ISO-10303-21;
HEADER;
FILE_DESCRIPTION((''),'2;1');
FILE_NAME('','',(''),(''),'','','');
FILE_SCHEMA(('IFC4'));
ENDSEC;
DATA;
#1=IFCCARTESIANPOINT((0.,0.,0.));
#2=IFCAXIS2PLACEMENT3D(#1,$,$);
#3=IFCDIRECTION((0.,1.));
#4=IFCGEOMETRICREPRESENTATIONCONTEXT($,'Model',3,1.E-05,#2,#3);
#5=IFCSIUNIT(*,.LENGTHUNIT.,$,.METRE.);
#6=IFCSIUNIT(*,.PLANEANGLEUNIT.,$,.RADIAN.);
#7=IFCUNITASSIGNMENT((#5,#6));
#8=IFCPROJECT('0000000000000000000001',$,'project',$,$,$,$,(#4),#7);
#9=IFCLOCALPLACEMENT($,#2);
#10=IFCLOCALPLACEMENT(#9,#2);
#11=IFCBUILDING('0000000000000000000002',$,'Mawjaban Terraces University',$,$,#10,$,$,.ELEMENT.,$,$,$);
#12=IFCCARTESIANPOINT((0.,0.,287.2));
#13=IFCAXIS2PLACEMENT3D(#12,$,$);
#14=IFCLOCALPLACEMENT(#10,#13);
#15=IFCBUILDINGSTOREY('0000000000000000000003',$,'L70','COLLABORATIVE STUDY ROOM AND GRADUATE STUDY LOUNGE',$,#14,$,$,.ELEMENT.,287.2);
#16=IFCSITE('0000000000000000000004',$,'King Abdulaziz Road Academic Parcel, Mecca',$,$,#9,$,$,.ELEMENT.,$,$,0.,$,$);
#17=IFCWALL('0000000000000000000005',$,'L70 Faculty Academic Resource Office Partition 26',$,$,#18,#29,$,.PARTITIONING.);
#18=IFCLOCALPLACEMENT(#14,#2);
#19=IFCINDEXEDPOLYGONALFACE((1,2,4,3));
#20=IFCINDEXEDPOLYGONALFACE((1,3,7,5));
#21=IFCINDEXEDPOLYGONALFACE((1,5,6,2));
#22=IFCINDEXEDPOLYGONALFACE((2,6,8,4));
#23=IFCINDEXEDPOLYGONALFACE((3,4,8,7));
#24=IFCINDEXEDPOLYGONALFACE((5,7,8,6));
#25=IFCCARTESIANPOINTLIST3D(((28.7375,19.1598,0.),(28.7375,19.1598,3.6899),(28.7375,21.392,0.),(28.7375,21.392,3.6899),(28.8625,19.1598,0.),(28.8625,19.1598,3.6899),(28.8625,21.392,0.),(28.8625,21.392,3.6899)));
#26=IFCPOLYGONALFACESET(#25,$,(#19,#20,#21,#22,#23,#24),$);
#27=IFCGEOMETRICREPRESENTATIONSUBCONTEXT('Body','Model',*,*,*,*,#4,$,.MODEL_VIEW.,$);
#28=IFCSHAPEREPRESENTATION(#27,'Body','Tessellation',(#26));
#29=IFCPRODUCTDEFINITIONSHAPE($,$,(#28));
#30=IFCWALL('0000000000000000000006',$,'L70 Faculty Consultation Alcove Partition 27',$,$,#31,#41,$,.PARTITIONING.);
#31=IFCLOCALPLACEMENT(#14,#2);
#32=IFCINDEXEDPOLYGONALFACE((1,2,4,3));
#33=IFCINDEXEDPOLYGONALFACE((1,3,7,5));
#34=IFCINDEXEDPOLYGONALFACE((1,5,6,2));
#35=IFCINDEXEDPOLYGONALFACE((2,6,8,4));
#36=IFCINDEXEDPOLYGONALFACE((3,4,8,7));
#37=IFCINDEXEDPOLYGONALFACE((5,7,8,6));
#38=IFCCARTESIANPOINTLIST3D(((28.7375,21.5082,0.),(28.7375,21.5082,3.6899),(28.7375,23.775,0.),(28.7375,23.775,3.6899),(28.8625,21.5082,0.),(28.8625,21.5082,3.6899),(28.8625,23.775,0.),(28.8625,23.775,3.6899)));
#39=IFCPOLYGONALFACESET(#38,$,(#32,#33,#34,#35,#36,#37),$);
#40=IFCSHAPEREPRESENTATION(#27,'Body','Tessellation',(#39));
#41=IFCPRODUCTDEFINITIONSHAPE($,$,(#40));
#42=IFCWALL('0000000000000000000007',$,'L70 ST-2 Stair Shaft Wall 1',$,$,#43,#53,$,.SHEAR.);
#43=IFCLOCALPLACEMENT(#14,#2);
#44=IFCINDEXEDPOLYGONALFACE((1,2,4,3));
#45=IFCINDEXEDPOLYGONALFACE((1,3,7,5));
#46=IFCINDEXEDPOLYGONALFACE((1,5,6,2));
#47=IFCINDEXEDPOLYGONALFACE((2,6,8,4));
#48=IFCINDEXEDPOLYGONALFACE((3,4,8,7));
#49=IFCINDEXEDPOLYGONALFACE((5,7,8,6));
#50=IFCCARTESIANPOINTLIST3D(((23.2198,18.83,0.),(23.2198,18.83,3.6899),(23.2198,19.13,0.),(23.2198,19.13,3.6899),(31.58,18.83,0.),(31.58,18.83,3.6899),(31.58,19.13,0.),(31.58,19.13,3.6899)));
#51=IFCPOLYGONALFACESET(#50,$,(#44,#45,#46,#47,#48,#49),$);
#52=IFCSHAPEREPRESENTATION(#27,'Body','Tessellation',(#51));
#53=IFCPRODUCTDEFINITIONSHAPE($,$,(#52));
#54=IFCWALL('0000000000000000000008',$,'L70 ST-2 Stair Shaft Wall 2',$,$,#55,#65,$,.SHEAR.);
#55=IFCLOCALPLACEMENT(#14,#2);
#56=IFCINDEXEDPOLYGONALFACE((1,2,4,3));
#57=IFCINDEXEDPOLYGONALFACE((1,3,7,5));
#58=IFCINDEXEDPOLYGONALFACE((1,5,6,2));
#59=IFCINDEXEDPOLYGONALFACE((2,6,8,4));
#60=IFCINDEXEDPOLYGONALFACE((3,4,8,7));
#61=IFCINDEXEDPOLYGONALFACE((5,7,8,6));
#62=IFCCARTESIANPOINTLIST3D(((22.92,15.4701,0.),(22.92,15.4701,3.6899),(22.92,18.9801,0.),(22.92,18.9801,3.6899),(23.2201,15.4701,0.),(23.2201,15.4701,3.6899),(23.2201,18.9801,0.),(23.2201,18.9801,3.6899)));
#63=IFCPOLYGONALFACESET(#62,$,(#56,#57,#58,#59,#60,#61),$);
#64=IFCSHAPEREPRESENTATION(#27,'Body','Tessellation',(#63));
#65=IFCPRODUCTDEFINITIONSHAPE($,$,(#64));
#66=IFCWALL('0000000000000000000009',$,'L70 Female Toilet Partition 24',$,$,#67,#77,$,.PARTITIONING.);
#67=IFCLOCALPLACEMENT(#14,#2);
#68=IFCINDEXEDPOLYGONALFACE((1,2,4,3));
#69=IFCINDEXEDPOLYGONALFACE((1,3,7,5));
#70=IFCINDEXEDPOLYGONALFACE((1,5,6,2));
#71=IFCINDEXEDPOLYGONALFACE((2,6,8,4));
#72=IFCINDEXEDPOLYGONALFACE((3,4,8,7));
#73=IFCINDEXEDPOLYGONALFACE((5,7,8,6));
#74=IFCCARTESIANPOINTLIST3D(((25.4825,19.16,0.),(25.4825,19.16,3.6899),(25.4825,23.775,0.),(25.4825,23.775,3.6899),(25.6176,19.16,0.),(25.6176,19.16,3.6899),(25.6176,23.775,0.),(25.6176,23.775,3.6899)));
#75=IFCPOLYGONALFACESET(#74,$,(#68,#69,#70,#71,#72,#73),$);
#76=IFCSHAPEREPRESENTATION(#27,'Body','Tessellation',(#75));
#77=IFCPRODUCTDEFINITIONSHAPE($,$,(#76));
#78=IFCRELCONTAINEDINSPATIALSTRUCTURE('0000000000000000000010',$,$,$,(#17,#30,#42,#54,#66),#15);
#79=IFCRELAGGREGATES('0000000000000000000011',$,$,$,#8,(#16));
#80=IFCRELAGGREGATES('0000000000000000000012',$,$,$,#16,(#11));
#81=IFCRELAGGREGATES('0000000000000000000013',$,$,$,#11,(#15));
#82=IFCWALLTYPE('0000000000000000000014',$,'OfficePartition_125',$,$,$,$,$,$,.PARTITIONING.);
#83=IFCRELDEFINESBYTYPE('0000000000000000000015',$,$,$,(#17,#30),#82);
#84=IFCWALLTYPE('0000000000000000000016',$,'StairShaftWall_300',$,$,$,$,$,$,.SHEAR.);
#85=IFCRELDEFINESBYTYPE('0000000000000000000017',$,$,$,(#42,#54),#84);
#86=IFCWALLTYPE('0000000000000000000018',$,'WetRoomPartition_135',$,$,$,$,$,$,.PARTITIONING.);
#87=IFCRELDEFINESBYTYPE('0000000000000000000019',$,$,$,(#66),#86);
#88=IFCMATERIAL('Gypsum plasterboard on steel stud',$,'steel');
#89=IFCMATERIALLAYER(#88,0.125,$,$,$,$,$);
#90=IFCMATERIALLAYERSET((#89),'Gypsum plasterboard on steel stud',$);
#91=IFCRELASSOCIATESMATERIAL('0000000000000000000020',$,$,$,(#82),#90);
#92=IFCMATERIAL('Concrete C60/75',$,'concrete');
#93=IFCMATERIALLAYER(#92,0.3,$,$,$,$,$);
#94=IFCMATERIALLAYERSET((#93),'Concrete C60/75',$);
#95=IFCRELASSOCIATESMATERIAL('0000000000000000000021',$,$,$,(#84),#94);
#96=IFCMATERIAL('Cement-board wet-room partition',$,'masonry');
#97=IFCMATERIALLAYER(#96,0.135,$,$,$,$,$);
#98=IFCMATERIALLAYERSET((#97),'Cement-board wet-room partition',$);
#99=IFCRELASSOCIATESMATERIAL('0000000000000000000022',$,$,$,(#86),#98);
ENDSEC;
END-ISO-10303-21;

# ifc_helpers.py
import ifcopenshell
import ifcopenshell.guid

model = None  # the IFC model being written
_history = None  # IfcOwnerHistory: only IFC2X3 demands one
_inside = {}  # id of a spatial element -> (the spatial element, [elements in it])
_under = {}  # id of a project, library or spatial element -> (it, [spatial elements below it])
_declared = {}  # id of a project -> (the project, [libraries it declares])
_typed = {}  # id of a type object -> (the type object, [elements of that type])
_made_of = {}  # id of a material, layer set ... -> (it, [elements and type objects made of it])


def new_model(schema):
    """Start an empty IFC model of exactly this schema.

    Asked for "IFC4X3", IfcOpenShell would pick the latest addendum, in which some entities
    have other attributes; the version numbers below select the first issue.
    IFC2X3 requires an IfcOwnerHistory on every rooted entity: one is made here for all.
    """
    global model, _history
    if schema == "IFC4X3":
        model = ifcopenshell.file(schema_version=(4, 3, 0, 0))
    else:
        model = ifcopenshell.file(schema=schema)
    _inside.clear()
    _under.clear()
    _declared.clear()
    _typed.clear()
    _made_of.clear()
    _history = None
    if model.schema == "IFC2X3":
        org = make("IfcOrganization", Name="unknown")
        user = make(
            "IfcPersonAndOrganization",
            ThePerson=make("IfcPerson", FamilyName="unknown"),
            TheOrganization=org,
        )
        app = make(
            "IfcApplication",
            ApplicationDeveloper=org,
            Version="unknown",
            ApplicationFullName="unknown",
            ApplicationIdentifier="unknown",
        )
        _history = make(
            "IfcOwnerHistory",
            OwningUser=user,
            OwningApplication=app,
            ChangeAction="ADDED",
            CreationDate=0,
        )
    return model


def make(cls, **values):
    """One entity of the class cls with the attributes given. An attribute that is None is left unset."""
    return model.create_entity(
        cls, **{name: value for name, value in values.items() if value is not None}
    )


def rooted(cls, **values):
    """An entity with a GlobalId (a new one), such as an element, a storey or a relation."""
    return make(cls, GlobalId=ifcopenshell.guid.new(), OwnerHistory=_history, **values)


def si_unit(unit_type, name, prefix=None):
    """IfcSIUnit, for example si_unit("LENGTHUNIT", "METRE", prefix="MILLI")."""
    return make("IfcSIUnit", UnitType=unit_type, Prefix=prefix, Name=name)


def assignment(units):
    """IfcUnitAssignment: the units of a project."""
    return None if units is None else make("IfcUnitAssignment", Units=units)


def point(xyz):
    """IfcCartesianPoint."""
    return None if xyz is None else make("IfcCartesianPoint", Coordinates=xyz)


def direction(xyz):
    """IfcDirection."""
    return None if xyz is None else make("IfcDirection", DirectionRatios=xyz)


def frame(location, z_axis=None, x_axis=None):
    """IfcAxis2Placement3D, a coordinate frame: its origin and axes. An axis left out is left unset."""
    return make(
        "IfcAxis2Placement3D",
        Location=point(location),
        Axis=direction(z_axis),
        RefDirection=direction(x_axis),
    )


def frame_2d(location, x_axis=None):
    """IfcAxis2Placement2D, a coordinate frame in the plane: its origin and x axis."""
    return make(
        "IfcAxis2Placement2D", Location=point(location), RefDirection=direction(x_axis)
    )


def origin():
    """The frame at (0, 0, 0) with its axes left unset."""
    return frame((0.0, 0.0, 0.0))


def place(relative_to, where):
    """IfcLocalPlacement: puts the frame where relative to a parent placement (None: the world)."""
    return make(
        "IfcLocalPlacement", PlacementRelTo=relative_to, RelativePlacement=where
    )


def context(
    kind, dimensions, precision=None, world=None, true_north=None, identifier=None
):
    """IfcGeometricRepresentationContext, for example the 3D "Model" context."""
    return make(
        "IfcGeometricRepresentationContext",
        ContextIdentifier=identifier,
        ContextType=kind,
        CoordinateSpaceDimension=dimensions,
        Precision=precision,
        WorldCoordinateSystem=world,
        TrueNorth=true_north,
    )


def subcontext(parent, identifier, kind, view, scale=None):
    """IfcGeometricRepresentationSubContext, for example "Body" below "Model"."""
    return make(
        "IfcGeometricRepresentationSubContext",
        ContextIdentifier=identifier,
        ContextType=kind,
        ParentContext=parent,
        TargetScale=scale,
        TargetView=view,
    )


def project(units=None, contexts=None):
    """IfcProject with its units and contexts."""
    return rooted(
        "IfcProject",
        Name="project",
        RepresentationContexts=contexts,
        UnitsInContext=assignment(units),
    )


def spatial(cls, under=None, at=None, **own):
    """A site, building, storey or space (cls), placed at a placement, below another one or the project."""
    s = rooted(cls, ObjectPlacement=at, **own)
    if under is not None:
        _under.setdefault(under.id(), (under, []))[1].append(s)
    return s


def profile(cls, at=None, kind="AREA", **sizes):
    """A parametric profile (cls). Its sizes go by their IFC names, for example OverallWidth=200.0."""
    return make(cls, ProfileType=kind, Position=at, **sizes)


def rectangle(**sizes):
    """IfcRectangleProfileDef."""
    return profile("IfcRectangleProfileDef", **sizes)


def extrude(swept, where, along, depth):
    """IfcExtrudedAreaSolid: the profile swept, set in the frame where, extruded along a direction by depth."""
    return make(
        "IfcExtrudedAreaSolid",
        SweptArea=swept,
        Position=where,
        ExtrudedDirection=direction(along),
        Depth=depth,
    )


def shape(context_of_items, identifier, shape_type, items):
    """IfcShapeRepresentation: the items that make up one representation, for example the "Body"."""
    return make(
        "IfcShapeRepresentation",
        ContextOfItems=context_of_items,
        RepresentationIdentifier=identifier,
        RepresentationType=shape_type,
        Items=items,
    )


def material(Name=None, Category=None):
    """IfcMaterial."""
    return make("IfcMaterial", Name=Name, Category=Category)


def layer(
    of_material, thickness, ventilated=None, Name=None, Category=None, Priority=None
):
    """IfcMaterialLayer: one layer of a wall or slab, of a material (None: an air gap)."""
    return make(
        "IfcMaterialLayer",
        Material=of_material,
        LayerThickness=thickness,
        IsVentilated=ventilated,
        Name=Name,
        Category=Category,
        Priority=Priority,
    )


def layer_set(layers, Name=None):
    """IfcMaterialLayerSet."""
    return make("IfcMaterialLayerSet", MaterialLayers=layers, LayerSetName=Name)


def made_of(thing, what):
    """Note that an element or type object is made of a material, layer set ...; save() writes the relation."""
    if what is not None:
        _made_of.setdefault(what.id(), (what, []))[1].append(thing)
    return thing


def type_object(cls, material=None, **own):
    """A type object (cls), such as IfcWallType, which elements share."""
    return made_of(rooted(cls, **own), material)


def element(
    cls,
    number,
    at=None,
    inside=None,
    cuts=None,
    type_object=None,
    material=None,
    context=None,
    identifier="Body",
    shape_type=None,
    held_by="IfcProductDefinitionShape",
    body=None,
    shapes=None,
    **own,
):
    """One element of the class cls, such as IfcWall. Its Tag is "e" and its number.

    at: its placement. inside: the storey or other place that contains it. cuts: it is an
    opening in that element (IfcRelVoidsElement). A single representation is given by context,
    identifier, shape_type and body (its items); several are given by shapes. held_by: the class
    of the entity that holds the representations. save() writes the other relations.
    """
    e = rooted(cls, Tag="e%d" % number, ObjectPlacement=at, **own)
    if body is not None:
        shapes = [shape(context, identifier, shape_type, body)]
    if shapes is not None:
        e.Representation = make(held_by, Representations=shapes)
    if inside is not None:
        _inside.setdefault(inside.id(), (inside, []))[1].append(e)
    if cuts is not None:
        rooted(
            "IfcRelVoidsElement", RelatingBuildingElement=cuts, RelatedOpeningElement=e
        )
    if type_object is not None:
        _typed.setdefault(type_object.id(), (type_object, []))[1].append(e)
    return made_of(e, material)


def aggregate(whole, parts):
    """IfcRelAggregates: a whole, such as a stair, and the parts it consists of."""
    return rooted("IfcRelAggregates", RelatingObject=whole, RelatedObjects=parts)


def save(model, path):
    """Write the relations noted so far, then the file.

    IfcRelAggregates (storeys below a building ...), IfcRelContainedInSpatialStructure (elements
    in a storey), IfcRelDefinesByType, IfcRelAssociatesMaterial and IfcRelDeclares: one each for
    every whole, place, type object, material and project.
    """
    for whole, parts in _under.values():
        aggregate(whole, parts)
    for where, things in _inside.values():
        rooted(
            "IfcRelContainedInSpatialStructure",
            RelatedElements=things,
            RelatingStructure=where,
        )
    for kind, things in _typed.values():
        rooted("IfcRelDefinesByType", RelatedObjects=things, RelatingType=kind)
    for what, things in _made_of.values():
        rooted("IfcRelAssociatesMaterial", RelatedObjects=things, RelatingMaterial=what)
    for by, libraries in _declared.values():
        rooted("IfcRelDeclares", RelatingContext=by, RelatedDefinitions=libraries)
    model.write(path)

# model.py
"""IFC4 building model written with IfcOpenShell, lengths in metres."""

from ifc_helpers import new_model, si_unit, direction, frame, frame_2d, origin, place, context, subcontext, project, spatial, rectangle, extrude, material, layer, layer_set, type_object, element, save


model = new_model("IFC4")

# Units and contexts
model_context = context("Model", 3, precision=1e-05, world=origin(), true_north=direction((0.0, 1.0)))
body_context = subcontext(model_context, "Body", "Model", "MODEL_VIEW")
ifc_project = project(units=[si_unit("LENGTHUNIT", "METRE"), si_unit("PLANEANGLEUNIT", "RADIAN")], contexts=[model_context])

# Site, building, storey
site_placement = place(None, origin())
site = spatial("IfcSite", under=ifc_project, at=site_placement, Name="King Abdulaziz Road Academic Parcel, Mecca", CompositionType="ELEMENT", RefElevation=0.0)
building_placement = place(site_placement, origin())
building = spatial("IfcBuilding", under=site, at=building_placement, Name="Mawjaban Terraces University", CompositionType="ELEMENT")
storey_placement = place(building_placement, frame((0.0, 0.0, 287.2)))
storey = spatial("IfcBuildingStorey", under=building, at=storey_placement, Name="L70", Description="COLLABORATIVE STUDY ROOM AND GRADUATE STUDY LOUNGE", CompositionType="ELEMENT", Elevation=287.2)

# Walls
ifc_material_1 = material(Name="Gypsum plasterboard on steel stud", Category="steel")
ifc_layer_1 = layer(ifc_material_1, 0.125)
ifc_layer_set_1 = layer_set([ifc_layer_1], Name="Gypsum plasterboard on steel stud")
wall_type_1 = type_object("IfcWallType", Name="OfficePartition_125", PredefinedType="PARTITIONING", material=ifc_layer_set_1)
wall_1_placement = place(storey_placement, frame((28.8, 21.3921, 0.0), z_axis=(0.0, 0.0, 1.0), x_axis=(0.0, -1.0, 0.0)))
element("IfcWall", 1, at=wall_1_placement, inside=storey, type_object=wall_type_1, Name="L70 Faculty Academic Resource Office Partition 26", PredefinedType="PARTITIONING", context=body_context, shape_type="SweptSolid", body=[
    extrude(rectangle(XDim=2.2322, YDim=0.125, at=frame_2d((1.1162, 0.0))), origin(), (0.0, 0.0, 1.0), 3.6899),
])
wall_2_placement = place(storey_placement, frame((28.8, 23.7749, 0.0), z_axis=(0.0, 0.0, 1.0), x_axis=(0.0, -1.0, 0.0)))
element("IfcWall", 2, at=wall_2_placement, inside=storey, type_object=wall_type_1, Name="L70 Faculty Consultation Alcove Partition 27", PredefinedType="PARTITIONING", context=body_context, shape_type="SweptSolid", body=[
    extrude(rectangle(XDim=2.2668, YDim=0.125, at=frame_2d((1.1333, 0.0))), origin(), (0.0, 0.0, 1.0), 3.6899),
])
ifc_material_2 = material(Name="Concrete C60/75", Category="concrete")
ifc_layer_2 = layer(ifc_material_2, 0.3)
ifc_layer_set_2 = layer_set([ifc_layer_2], Name="Concrete C60/75")
wall_type_2 = type_object("IfcWallType", Name="StairShaftWall_300", PredefinedType="SHEAR", material=ifc_layer_set_2)
wall_3_placement = place(storey_placement, frame((31.5801, 18.98, 0.0), z_axis=(0.0, 0.0, 1.0), x_axis=(-1.0, 0.0, 0.0)))
element("IfcWall", 3, at=wall_3_placement, inside=storey, type_object=wall_type_2, Name="L70 ST-2 Stair Shaft Wall 1", PredefinedType="SHEAR", context=body_context, shape_type="SweptSolid", body=[
    extrude(rectangle(XDim=8.3601, YDim=0.3, at=frame_2d((4.1802, 0.0))), origin(), (0.0, 0.0, 1.0), 3.6899),
])
wall_4_placement = place(storey_placement, frame((23.0701, 18.98, 0.0), z_axis=(0.0, 0.0, 1.0), x_axis=(0.0, -1.0, 0.0)))
element("IfcWall", 4, at=wall_4_placement, inside=storey, type_object=wall_type_2, Name="L70 ST-2 Stair Shaft Wall 2", PredefinedType="SHEAR", context=body_context, shape_type="SweptSolid", body=[
    extrude(rectangle(XDim=3.51, YDim=0.3, at=frame_2d((1.7549, 0.0))), origin(), (0.0, 0.0, 1.0), 3.6899),
])
ifc_material_3 = material(Name="Cement-board wet-room partition", Category="masonry")
ifc_layer_3 = layer(ifc_material_3, 0.135)
ifc_layer_set_3 = layer_set([ifc_layer_3], Name="Cement-board wet-room partition")
wall_type_3 = type_object("IfcWallType", Name="WetRoomPartition_135", PredefinedType="PARTITIONING", material=ifc_layer_set_3)
wall_5_placement = place(storey_placement, frame((25.55, 19.1599, 0.0), z_axis=(0.0, 0.0, 1.0), x_axis=(0.0, 1.0, 0.0)))
element("IfcWall", 5, at=wall_5_placement, inside=storey, type_object=wall_type_3, Name="L70 Female Toilet Partition 24", PredefinedType="PARTITIONING", context=body_context, shape_type="SweptSolid", body=[
    extrude(rectangle(XDim=4.615, YDim=0.135, at=frame_2d((2.3076, 0.0))), origin(), (0.0, 0.0, 1.0), 3.6899),
])

save(model, "model.ifc")
